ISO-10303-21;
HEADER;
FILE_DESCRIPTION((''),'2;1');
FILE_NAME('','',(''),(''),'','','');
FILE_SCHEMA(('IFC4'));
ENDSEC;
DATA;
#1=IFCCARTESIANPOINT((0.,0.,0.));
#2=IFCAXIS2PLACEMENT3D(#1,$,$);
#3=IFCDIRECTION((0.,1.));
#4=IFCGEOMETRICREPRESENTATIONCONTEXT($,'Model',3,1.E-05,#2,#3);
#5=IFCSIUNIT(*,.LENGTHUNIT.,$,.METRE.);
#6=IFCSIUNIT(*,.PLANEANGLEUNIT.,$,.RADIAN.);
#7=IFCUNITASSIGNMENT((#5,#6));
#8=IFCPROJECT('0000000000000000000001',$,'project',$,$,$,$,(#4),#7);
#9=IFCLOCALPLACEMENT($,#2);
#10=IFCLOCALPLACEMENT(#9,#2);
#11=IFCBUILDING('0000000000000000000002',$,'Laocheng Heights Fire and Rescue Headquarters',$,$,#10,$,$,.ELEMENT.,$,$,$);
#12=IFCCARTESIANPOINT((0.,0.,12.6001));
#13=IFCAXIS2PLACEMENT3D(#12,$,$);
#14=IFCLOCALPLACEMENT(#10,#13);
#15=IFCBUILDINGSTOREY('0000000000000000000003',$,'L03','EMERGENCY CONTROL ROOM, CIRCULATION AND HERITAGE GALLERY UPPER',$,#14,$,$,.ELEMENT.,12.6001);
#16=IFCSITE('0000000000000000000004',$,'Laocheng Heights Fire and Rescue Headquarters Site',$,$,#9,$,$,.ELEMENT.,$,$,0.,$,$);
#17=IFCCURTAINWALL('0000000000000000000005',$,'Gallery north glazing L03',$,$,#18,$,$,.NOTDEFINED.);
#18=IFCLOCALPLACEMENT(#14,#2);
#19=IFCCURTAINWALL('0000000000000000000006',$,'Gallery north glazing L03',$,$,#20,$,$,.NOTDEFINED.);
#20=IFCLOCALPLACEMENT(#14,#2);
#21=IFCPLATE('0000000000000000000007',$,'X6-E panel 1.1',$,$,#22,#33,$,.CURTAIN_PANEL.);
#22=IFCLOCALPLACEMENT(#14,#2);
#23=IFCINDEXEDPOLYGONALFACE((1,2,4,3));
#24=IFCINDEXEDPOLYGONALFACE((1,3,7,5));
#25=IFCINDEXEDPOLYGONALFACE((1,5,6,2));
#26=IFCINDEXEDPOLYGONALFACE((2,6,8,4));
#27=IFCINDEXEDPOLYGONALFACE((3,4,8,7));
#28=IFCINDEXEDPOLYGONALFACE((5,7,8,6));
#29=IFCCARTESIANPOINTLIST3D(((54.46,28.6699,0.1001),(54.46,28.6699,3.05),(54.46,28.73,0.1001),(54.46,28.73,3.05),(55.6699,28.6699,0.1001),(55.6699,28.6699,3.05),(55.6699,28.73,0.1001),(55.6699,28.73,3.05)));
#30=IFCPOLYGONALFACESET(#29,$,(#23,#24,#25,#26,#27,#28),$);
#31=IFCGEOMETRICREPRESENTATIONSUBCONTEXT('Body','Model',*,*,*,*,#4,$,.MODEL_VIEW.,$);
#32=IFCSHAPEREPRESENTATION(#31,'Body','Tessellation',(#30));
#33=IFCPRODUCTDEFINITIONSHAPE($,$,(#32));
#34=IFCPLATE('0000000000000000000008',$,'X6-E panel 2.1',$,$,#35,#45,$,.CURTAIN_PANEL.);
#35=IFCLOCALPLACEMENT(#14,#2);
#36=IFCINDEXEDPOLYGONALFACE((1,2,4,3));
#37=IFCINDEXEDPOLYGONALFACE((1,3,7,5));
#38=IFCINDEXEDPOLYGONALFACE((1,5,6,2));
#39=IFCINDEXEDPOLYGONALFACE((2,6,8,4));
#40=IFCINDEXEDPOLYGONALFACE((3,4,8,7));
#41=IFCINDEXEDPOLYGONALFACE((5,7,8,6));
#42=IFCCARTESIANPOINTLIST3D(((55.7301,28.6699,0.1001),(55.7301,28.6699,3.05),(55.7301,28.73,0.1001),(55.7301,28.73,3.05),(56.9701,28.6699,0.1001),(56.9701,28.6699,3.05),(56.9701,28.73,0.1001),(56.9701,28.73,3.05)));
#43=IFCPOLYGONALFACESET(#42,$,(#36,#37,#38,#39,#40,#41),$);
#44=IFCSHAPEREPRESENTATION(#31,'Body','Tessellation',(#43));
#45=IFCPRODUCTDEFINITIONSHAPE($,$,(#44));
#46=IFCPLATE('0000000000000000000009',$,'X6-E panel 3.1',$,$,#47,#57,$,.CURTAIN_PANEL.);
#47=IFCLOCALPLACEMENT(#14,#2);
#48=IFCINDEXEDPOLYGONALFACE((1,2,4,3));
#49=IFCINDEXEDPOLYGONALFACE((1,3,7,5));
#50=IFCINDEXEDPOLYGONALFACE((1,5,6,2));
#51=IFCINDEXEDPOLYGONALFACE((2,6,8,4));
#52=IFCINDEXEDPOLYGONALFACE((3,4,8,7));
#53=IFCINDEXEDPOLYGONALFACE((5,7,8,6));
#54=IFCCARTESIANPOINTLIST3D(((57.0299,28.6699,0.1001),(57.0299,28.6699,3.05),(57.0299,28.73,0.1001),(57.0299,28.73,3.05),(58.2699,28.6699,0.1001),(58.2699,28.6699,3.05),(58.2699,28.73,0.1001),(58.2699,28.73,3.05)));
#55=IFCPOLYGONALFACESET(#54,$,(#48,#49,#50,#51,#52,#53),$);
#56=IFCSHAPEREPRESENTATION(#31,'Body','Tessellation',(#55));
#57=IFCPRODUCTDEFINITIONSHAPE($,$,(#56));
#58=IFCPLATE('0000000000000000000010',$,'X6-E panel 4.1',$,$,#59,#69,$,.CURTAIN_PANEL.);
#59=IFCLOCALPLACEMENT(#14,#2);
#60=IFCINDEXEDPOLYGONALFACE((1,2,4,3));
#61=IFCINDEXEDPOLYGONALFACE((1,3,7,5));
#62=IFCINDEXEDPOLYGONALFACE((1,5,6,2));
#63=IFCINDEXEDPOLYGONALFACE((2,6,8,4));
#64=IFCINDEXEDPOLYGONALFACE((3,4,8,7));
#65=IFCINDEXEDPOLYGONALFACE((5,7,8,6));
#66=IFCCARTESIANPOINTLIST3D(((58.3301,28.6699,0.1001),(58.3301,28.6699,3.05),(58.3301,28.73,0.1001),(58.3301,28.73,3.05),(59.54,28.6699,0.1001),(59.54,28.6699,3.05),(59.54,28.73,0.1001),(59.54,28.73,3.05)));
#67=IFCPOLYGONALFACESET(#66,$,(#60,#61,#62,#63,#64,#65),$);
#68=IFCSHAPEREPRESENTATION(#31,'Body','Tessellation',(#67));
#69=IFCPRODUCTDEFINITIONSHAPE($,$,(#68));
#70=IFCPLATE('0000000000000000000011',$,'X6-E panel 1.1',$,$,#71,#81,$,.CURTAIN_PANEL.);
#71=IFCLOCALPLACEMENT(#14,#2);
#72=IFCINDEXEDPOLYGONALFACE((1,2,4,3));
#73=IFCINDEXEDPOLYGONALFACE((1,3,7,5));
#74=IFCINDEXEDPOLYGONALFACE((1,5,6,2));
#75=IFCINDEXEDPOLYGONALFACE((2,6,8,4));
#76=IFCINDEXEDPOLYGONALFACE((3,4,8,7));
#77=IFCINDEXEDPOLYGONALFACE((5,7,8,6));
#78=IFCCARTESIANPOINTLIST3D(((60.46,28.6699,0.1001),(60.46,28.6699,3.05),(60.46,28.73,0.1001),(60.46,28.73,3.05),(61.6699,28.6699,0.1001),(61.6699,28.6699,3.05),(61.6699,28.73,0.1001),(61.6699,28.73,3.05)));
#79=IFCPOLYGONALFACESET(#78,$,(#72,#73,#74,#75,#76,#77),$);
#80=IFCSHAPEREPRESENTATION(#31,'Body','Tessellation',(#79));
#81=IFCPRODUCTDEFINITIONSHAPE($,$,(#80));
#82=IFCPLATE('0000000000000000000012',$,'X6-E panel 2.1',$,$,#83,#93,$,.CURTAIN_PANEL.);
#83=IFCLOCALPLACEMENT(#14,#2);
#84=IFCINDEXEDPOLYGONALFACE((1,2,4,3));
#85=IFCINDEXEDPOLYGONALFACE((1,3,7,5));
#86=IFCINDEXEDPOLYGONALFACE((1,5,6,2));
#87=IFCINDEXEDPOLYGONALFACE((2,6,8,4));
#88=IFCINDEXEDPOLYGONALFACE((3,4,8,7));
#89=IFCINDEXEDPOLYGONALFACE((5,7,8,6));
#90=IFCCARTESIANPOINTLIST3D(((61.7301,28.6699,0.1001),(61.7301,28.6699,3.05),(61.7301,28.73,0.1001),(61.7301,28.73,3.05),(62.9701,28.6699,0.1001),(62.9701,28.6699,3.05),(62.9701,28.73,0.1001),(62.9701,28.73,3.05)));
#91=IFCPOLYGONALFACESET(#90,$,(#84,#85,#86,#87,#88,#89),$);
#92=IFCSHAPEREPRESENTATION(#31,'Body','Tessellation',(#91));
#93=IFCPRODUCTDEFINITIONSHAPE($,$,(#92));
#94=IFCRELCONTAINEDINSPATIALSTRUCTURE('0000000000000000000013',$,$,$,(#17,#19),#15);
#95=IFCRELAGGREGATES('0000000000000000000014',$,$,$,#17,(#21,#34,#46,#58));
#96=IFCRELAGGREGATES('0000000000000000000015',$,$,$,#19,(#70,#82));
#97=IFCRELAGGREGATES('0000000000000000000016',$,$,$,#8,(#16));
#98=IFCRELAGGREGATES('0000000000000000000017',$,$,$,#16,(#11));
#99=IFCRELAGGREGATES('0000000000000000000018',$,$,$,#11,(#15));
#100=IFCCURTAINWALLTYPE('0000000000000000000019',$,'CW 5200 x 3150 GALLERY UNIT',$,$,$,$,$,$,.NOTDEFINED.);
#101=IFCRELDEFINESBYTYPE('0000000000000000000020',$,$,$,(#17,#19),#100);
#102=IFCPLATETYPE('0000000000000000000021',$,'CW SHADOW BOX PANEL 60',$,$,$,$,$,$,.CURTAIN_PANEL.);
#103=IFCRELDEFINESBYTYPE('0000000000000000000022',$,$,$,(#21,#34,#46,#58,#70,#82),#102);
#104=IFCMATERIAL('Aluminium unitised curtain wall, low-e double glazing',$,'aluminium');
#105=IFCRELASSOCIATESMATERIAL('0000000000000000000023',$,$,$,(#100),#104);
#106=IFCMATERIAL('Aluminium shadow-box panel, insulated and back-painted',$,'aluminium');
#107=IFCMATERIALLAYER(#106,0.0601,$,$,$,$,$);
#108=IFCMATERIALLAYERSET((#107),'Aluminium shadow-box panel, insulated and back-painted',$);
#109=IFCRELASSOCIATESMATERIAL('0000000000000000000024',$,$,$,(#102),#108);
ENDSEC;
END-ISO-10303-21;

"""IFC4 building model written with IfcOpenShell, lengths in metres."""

from ifc_helpers import new_model, si_unit, direction, frame, origin, origin_2d, place, context, subcontext, project, spatial, rectangle, extrude, material, layer, layer_set, type_object, element, aggregate, save


model = new_model("IFC4")

# Units and contexts
model_context = context("Model", 3, precision=1e-05, world=origin(), true_north=direction((0.0, 1.0)))
body_context = subcontext(model_context, "Body", "Model", "MODEL_VIEW")
ifc_project = project(units=[si_unit("LENGTHUNIT", "METRE"), si_unit("PLANEANGLEUNIT", "RADIAN")], contexts=[model_context])

# Site, building, storey
site_placement = place(None, origin())
site = spatial("IfcSite", under=ifc_project, at=site_placement, Name="Laocheng Heights Fire and Rescue Headquarters Site", CompositionType="ELEMENT", RefElevation=0.0)
building_placement = place(site_placement, origin())
building = spatial("IfcBuilding", under=site, at=building_placement, Name="Laocheng Heights Fire and Rescue Headquarters", CompositionType="ELEMENT")
storey_placement = place(building_placement, frame((0.0, 0.0, 12.6001)))
storey = spatial("IfcBuildingStorey", under=building, at=storey_placement, Name="L03", Description="EMERGENCY CONTROL ROOM, CIRCULATION AND HERITAGE GALLERY UPPER", CompositionType="ELEMENT", Elevation=12.6001)

# Curtain walls
ifc_material_1 = material(Name="Aluminium unitised curtain wall, low-e double glazing", Category="aluminium")
curtain_wall_type = type_object("IfcCurtainWallType", Name="CW 5200 x 3150 GALLERY UNIT", PredefinedType="NOTDEFINED", material=ifc_material_1)
curtain_wall_1_placement = place(storey_placement, origin())
curtain_wall_1 = element("IfcCurtainWall", 1, at=curtain_wall_1_placement, inside=storey, type_object=curtain_wall_type, Name="Gallery north glazing L03", PredefinedType="NOTDEFINED")
curtain_wall_2_placement = place(storey_placement, origin())
curtain_wall_2 = element("IfcCurtainWall", 2, at=curtain_wall_2_placement, inside=storey, type_object=curtain_wall_type, Name="Gallery north glazing L03", PredefinedType="NOTDEFINED")

# Plates
ifc_material_2 = material(Name="Aluminium shadow-box panel, insulated and back-painted", Category="aluminium")
ifc_layer = layer(ifc_material_2, 0.0601)
ifc_layer_set = layer_set([ifc_layer], Name="Aluminium shadow-box panel, insulated and back-painted")
plate_type = type_object("IfcPlateType", Name="CW SHADOW BOX PANEL 60", PredefinedType="CURTAIN_PANEL", material=ifc_layer_set)
plate_1_placement = place(storey_placement, frame((55.0649, 28.7, 0.1001), z_axis=(0.0, 0.0, 1.0), x_axis=(1.0, 0.0, 0.0)))
plate_1 = element("IfcPlate", 3, at=plate_1_placement, type_object=plate_type, Name="X6-E panel 1.1", PredefinedType="CURTAIN_PANEL", context=body_context, shape_type="SweptSolid", body=[
    extrude(rectangle(XDim=1.21, YDim=0.0601, at=origin_2d()), origin(), (0.0, 0.0, 1.0), 2.95),
])
plate_2_placement = place(storey_placement, frame((56.3501, 28.7, 0.1001), z_axis=(0.0, 0.0, 1.0), x_axis=(1.0, 0.0, 0.0)))
plate_2 = element("IfcPlate", 4, at=plate_2_placement, type_object=plate_type, Name="X6-E panel 2.1", PredefinedType="CURTAIN_PANEL", context=body_context, shape_type="SweptSolid", body=[
    extrude(rectangle(XDim=1.24, YDim=0.0601, at=origin_2d()), origin(), (0.0, 0.0, 1.0), 2.95),
])
plate_3_placement = place(storey_placement, frame((57.6499, 28.7, 0.1001), z_axis=(0.0, 0.0, 1.0), x_axis=(1.0, 0.0, 0.0)))
plate_3 = element("IfcPlate", 5, at=plate_3_placement, type_object=plate_type, Name="X6-E panel 3.1", PredefinedType="CURTAIN_PANEL", context=body_context, shape_type="SweptSolid", body=[
    extrude(rectangle(XDim=1.24, YDim=0.0601, at=origin_2d()), origin(), (0.0, 0.0, 1.0), 2.95),
])
plate_4_placement = place(storey_placement, frame((58.9351, 28.7, 0.1001), z_axis=(0.0, 0.0, 1.0), x_axis=(1.0, 0.0, 0.0)))
plate_4 = element("IfcPlate", 6, at=plate_4_placement, type_object=plate_type, Name="X6-E panel 4.1", PredefinedType="CURTAIN_PANEL", context=body_context, shape_type="SweptSolid", body=[
    extrude(rectangle(XDim=1.21, YDim=0.0601, at=origin_2d()), origin(), (0.0, 0.0, 1.0), 2.95),
])
aggregate(curtain_wall_1, [plate_1, plate_2, plate_3, plate_4])
plate_5_placement = place(storey_placement, frame((61.0649, 28.7, 0.1001), z_axis=(0.0, 0.0, 1.0), x_axis=(1.0, 0.0, 0.0)))
plate_5 = element("IfcPlate", 7, at=plate_5_placement, type_object=plate_type, Name="X6-E panel 1.1", PredefinedType="CURTAIN_PANEL", context=body_context, shape_type="SweptSolid", body=[
    extrude(rectangle(XDim=1.21, YDim=0.0601, at=origin_2d()), origin(), (0.0, 0.0, 1.0), 2.95),
])
plate_6_placement = place(storey_placement, frame((62.3501, 28.7, 0.1001), z_axis=(0.0, 0.0, 1.0), x_axis=(1.0, 0.0, 0.0)))
plate_6 = element("IfcPlate", 8, at=plate_6_placement, type_object=plate_type, Name="X6-E panel 2.1", PredefinedType="CURTAIN_PANEL", context=body_context, shape_type="SweptSolid", body=[
    extrude(rectangle(XDim=1.24, YDim=0.0601, at=origin_2d()), origin(), (0.0, 0.0, 1.0), 2.95),
])
aggregate(curtain_wall_2, [plate_5, plate_6])

save(model, "model.ifc")
